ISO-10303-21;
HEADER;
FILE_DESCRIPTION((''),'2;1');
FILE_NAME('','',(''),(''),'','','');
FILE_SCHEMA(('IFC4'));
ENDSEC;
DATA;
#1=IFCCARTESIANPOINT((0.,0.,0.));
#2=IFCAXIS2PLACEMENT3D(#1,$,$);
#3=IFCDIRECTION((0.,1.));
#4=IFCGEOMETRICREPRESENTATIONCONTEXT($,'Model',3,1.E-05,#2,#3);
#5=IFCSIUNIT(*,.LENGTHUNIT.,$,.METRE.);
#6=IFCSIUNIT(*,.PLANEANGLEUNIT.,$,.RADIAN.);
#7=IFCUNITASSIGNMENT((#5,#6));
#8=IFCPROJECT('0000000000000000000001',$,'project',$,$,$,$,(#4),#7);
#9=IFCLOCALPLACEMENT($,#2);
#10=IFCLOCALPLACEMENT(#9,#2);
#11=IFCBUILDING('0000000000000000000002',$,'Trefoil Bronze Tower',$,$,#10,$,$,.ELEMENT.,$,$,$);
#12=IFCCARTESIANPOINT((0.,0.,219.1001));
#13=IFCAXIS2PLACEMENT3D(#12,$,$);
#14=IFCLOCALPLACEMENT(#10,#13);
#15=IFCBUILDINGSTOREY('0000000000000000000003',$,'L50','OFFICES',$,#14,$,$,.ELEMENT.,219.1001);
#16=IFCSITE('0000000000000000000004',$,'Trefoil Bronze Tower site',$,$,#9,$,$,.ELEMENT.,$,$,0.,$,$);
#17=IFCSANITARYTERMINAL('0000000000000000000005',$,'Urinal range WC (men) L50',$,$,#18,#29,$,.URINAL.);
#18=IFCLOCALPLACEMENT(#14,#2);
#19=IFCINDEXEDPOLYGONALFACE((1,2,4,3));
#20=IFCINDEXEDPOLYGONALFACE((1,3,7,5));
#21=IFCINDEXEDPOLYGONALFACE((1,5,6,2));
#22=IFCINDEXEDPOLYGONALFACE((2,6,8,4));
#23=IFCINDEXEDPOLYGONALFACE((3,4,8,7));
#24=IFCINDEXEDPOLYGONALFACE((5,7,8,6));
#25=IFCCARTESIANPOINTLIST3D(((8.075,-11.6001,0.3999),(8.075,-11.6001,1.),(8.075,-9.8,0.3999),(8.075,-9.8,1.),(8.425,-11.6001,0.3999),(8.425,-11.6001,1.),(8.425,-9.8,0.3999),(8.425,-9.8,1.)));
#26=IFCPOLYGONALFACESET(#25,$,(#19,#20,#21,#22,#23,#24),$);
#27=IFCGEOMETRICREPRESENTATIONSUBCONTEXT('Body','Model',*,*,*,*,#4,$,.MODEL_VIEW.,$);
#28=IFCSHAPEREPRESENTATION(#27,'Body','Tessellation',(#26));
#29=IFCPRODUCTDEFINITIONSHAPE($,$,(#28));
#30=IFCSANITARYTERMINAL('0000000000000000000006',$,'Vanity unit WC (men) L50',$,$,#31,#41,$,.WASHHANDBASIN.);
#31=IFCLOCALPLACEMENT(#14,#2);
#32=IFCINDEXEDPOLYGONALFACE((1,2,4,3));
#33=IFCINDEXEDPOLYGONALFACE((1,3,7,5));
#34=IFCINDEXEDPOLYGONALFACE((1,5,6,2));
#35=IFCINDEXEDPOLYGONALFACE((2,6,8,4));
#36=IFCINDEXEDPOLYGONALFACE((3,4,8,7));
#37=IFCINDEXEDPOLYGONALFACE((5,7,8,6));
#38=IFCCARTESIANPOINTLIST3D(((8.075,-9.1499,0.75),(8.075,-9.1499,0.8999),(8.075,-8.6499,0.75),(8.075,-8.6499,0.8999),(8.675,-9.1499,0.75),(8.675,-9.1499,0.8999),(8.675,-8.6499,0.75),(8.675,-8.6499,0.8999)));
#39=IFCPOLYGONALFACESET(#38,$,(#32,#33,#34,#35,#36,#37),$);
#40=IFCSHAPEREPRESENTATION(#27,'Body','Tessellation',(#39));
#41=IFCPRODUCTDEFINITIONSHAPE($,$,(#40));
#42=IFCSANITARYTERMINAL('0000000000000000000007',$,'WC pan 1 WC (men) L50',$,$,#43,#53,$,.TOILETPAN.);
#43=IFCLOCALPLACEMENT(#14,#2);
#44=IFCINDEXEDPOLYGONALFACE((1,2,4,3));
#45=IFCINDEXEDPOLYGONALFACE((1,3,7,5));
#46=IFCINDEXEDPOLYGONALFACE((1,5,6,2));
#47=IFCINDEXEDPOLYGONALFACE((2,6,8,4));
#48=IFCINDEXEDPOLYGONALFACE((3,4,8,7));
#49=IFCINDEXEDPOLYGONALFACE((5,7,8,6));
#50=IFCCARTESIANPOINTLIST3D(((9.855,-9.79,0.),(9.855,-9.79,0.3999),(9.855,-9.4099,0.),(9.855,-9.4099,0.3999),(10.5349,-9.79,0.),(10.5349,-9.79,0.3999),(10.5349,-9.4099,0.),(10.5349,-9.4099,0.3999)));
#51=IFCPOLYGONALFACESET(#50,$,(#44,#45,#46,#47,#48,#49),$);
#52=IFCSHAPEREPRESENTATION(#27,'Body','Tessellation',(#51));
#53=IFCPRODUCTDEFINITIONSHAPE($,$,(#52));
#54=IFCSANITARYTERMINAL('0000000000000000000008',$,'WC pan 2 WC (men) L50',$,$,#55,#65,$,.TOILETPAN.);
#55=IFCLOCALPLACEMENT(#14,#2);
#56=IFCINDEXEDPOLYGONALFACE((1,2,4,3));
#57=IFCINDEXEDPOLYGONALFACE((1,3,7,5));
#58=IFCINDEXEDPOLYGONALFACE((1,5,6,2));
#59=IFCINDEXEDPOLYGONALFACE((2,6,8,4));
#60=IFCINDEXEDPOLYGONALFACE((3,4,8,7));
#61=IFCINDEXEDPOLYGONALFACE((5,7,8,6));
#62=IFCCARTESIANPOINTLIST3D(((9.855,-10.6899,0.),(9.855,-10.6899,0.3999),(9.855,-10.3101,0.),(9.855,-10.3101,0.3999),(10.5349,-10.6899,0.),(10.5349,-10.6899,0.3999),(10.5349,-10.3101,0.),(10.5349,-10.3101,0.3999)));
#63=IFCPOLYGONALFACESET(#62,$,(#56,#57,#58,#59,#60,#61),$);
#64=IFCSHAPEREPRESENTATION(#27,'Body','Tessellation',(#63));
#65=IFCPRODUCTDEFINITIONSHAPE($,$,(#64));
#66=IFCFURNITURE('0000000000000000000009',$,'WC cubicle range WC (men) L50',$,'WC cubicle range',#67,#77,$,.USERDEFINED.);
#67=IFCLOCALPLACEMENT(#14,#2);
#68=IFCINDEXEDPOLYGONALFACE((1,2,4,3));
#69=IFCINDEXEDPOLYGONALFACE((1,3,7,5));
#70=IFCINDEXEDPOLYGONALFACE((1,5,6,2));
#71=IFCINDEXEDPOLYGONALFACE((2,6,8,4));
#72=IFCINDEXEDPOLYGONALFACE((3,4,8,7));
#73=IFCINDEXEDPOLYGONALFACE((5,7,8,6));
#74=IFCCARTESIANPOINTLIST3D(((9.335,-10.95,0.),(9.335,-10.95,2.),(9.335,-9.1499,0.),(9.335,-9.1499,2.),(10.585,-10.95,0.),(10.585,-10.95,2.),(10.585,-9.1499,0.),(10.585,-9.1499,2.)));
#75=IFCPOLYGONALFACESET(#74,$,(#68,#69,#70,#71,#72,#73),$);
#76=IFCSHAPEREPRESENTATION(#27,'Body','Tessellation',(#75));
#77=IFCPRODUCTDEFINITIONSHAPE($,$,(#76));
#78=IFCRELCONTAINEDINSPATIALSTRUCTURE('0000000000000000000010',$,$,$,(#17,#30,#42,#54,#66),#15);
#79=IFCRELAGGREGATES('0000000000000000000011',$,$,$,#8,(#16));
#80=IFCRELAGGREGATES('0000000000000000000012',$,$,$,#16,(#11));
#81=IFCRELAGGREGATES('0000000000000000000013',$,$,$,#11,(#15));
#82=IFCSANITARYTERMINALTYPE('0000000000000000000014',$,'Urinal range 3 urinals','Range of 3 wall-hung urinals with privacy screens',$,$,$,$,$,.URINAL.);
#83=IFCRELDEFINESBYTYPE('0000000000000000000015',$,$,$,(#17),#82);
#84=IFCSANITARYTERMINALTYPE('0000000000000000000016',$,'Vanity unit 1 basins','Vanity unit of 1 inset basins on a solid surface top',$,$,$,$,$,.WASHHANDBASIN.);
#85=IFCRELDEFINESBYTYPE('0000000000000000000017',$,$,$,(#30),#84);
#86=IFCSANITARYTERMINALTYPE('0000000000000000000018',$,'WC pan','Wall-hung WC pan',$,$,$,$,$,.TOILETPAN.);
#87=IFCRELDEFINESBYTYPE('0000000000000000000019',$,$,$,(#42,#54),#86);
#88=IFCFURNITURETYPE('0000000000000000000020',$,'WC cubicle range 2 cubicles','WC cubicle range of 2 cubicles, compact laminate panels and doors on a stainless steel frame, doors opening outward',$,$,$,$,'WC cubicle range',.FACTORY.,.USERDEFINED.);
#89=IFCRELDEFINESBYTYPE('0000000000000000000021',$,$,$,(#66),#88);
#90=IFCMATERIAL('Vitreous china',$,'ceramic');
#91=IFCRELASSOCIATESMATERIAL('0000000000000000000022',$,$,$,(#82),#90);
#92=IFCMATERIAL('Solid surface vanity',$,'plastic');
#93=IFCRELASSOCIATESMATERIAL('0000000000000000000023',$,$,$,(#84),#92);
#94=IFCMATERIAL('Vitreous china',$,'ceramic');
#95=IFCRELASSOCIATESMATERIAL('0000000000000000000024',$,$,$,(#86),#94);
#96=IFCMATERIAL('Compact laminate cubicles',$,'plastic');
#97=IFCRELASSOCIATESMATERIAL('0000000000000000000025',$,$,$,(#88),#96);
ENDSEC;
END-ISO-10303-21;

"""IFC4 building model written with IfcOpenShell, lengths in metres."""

from ifc_helpers import new_model, si_unit, direction, frame, origin, place, context, subcontext, project, spatial, polyline, outline, extrude, material, type_object, element, save


model = new_model("IFC4")

# Units and contexts
model_context = context("Model", 3, precision=1e-05, world=origin(), true_north=direction((0.0, 1.0)))
body_context = subcontext(model_context, "Body", "Model", "MODEL_VIEW")
ifc_project = project(units=[si_unit("LENGTHUNIT", "METRE"), si_unit("PLANEANGLEUNIT", "RADIAN")], contexts=[model_context])

# Site, building, storey
site_placement = place(None, origin())
site = spatial("IfcSite", under=ifc_project, at=site_placement, Name="Trefoil Bronze Tower site", CompositionType="ELEMENT", RefElevation=0.0)
building_placement = place(site_placement, origin())
building = spatial("IfcBuilding", under=site, at=building_placement, Name="Trefoil Bronze Tower", CompositionType="ELEMENT")
storey_placement = place(building_placement, frame((0.0, 0.0, 219.1001)))
storey = spatial("IfcBuildingStorey", under=building, at=storey_placement, Name="L50", Description="OFFICES", CompositionType="ELEMENT", Elevation=219.1001)

# Sanitary terminals
ifc_material_1 = material(Name="Vitreous china", Category="ceramic")
sanitary_terminal_type_1 = type_object("IfcSanitaryTerminalType", Name="Urinal range 3 urinals", Description="Range of 3 wall-hung urinals with privacy screens", PredefinedType="URINAL", material=ifc_material_1)
sanitary_terminal_1_placement = place(storey_placement, frame((0.0, 0.0, 0.3999)))
element("IfcSanitaryTerminal", 1, at=sanitary_terminal_1_placement, inside=storey, type_object=sanitary_terminal_type_1, Name="Urinal range WC (men) L50", PredefinedType="URINAL", context=body_context, shape_type="SweptSolid", body=[
    extrude(outline(polyline([(8.075, -9.8), (8.425, -9.8), (8.425, -11.6001), (8.075, -11.6001), (8.075, -9.8)])), origin(), (0.0, 0.0, 1.0), 0.6001),
])
ifc_material_2 = material(Name="Solid surface vanity", Category="plastic")
sanitary_terminal_type_2 = type_object("IfcSanitaryTerminalType", Name="Vanity unit 1 basins", Description="Vanity unit of 1 inset basins on a solid surface top", PredefinedType="WASHHANDBASIN", material=ifc_material_2)
sanitary_terminal_2_placement = place(storey_placement, frame((0.0, 0.0, 0.75)))
element("IfcSanitaryTerminal", 2, at=sanitary_terminal_2_placement, inside=storey, type_object=sanitary_terminal_type_2, Name="Vanity unit WC (men) L50", PredefinedType="WASHHANDBASIN", context=body_context, shape_type="SweptSolid", body=[
    extrude(outline(polyline([(8.075, -8.6499), (8.675, -8.6499), (8.675, -9.1499), (8.075, -9.1499), (8.075, -8.6499)])), origin(), (0.0, 0.0, 1.0), 0.1499),
])
ifc_material_3 = material(Name="Vitreous china", Category="ceramic")
sanitary_terminal_type_3 = type_object("IfcSanitaryTerminalType", Name="WC pan", Description="Wall-hung WC pan", PredefinedType="TOILETPAN", material=ifc_material_3)
sanitary_terminal_3_placement = place(storey_placement, origin())
element("IfcSanitaryTerminal", 3, at=sanitary_terminal_3_placement, inside=storey, type_object=sanitary_terminal_type_3, Name="WC pan 1 WC (men) L50", PredefinedType="TOILETPAN", context=body_context, shape_type="SweptSolid", body=[
    extrude(outline(polyline([(9.855, -9.4099), (10.5349, -9.4099), (10.5349, -9.79), (9.855, -9.79), (9.855, -9.4099)])), origin(), (0.0, 0.0, 1.0), 0.3999),
])
sanitary_terminal_4_placement = place(storey_placement, origin())
element("IfcSanitaryTerminal", 4, at=sanitary_terminal_4_placement, inside=storey, type_object=sanitary_terminal_type_3, Name="WC pan 2 WC (men) L50", PredefinedType="TOILETPAN", context=body_context, shape_type="SweptSolid", body=[
    extrude(outline(polyline([(9.855, -10.3101), (10.5349, -10.3101), (10.5349, -10.6899), (9.855, -10.6899), (9.855, -10.3101)])), origin(), (0.0, 0.0, 1.0), 0.3999),
])

# Furniture
ifc_material_4 = material(Name="Compact laminate cubicles", Category="plastic")
furniture_type = type_object("IfcFurnitureType", Name="WC cubicle range 2 cubicles", Description="WC cubicle range of 2 cubicles, compact laminate panels and doors on a stainless steel frame, doors opening outward", ElementType="WC cubicle range", AssemblyPlace="FACTORY", PredefinedType="USERDEFINED", material=ifc_material_4)
furniture_placement = place(storey_placement, origin())
element("IfcFurniture", 5, at=furniture_placement, inside=storey, type_object=furniture_type, Name="WC cubicle range WC (men) L50", ObjectType="WC cubicle range", PredefinedType="USERDEFINED", context=body_context, shape_type="SweptSolid", body=[
    extrude(outline(polyline([(9.335, -9.1499), (10.585, -9.1499), (10.585, -10.95), (9.335, -10.95), (9.335, -9.1499)])), origin(), (0.0, 0.0, 1.0), 2.0),
])

save(model, "model.ifc")
